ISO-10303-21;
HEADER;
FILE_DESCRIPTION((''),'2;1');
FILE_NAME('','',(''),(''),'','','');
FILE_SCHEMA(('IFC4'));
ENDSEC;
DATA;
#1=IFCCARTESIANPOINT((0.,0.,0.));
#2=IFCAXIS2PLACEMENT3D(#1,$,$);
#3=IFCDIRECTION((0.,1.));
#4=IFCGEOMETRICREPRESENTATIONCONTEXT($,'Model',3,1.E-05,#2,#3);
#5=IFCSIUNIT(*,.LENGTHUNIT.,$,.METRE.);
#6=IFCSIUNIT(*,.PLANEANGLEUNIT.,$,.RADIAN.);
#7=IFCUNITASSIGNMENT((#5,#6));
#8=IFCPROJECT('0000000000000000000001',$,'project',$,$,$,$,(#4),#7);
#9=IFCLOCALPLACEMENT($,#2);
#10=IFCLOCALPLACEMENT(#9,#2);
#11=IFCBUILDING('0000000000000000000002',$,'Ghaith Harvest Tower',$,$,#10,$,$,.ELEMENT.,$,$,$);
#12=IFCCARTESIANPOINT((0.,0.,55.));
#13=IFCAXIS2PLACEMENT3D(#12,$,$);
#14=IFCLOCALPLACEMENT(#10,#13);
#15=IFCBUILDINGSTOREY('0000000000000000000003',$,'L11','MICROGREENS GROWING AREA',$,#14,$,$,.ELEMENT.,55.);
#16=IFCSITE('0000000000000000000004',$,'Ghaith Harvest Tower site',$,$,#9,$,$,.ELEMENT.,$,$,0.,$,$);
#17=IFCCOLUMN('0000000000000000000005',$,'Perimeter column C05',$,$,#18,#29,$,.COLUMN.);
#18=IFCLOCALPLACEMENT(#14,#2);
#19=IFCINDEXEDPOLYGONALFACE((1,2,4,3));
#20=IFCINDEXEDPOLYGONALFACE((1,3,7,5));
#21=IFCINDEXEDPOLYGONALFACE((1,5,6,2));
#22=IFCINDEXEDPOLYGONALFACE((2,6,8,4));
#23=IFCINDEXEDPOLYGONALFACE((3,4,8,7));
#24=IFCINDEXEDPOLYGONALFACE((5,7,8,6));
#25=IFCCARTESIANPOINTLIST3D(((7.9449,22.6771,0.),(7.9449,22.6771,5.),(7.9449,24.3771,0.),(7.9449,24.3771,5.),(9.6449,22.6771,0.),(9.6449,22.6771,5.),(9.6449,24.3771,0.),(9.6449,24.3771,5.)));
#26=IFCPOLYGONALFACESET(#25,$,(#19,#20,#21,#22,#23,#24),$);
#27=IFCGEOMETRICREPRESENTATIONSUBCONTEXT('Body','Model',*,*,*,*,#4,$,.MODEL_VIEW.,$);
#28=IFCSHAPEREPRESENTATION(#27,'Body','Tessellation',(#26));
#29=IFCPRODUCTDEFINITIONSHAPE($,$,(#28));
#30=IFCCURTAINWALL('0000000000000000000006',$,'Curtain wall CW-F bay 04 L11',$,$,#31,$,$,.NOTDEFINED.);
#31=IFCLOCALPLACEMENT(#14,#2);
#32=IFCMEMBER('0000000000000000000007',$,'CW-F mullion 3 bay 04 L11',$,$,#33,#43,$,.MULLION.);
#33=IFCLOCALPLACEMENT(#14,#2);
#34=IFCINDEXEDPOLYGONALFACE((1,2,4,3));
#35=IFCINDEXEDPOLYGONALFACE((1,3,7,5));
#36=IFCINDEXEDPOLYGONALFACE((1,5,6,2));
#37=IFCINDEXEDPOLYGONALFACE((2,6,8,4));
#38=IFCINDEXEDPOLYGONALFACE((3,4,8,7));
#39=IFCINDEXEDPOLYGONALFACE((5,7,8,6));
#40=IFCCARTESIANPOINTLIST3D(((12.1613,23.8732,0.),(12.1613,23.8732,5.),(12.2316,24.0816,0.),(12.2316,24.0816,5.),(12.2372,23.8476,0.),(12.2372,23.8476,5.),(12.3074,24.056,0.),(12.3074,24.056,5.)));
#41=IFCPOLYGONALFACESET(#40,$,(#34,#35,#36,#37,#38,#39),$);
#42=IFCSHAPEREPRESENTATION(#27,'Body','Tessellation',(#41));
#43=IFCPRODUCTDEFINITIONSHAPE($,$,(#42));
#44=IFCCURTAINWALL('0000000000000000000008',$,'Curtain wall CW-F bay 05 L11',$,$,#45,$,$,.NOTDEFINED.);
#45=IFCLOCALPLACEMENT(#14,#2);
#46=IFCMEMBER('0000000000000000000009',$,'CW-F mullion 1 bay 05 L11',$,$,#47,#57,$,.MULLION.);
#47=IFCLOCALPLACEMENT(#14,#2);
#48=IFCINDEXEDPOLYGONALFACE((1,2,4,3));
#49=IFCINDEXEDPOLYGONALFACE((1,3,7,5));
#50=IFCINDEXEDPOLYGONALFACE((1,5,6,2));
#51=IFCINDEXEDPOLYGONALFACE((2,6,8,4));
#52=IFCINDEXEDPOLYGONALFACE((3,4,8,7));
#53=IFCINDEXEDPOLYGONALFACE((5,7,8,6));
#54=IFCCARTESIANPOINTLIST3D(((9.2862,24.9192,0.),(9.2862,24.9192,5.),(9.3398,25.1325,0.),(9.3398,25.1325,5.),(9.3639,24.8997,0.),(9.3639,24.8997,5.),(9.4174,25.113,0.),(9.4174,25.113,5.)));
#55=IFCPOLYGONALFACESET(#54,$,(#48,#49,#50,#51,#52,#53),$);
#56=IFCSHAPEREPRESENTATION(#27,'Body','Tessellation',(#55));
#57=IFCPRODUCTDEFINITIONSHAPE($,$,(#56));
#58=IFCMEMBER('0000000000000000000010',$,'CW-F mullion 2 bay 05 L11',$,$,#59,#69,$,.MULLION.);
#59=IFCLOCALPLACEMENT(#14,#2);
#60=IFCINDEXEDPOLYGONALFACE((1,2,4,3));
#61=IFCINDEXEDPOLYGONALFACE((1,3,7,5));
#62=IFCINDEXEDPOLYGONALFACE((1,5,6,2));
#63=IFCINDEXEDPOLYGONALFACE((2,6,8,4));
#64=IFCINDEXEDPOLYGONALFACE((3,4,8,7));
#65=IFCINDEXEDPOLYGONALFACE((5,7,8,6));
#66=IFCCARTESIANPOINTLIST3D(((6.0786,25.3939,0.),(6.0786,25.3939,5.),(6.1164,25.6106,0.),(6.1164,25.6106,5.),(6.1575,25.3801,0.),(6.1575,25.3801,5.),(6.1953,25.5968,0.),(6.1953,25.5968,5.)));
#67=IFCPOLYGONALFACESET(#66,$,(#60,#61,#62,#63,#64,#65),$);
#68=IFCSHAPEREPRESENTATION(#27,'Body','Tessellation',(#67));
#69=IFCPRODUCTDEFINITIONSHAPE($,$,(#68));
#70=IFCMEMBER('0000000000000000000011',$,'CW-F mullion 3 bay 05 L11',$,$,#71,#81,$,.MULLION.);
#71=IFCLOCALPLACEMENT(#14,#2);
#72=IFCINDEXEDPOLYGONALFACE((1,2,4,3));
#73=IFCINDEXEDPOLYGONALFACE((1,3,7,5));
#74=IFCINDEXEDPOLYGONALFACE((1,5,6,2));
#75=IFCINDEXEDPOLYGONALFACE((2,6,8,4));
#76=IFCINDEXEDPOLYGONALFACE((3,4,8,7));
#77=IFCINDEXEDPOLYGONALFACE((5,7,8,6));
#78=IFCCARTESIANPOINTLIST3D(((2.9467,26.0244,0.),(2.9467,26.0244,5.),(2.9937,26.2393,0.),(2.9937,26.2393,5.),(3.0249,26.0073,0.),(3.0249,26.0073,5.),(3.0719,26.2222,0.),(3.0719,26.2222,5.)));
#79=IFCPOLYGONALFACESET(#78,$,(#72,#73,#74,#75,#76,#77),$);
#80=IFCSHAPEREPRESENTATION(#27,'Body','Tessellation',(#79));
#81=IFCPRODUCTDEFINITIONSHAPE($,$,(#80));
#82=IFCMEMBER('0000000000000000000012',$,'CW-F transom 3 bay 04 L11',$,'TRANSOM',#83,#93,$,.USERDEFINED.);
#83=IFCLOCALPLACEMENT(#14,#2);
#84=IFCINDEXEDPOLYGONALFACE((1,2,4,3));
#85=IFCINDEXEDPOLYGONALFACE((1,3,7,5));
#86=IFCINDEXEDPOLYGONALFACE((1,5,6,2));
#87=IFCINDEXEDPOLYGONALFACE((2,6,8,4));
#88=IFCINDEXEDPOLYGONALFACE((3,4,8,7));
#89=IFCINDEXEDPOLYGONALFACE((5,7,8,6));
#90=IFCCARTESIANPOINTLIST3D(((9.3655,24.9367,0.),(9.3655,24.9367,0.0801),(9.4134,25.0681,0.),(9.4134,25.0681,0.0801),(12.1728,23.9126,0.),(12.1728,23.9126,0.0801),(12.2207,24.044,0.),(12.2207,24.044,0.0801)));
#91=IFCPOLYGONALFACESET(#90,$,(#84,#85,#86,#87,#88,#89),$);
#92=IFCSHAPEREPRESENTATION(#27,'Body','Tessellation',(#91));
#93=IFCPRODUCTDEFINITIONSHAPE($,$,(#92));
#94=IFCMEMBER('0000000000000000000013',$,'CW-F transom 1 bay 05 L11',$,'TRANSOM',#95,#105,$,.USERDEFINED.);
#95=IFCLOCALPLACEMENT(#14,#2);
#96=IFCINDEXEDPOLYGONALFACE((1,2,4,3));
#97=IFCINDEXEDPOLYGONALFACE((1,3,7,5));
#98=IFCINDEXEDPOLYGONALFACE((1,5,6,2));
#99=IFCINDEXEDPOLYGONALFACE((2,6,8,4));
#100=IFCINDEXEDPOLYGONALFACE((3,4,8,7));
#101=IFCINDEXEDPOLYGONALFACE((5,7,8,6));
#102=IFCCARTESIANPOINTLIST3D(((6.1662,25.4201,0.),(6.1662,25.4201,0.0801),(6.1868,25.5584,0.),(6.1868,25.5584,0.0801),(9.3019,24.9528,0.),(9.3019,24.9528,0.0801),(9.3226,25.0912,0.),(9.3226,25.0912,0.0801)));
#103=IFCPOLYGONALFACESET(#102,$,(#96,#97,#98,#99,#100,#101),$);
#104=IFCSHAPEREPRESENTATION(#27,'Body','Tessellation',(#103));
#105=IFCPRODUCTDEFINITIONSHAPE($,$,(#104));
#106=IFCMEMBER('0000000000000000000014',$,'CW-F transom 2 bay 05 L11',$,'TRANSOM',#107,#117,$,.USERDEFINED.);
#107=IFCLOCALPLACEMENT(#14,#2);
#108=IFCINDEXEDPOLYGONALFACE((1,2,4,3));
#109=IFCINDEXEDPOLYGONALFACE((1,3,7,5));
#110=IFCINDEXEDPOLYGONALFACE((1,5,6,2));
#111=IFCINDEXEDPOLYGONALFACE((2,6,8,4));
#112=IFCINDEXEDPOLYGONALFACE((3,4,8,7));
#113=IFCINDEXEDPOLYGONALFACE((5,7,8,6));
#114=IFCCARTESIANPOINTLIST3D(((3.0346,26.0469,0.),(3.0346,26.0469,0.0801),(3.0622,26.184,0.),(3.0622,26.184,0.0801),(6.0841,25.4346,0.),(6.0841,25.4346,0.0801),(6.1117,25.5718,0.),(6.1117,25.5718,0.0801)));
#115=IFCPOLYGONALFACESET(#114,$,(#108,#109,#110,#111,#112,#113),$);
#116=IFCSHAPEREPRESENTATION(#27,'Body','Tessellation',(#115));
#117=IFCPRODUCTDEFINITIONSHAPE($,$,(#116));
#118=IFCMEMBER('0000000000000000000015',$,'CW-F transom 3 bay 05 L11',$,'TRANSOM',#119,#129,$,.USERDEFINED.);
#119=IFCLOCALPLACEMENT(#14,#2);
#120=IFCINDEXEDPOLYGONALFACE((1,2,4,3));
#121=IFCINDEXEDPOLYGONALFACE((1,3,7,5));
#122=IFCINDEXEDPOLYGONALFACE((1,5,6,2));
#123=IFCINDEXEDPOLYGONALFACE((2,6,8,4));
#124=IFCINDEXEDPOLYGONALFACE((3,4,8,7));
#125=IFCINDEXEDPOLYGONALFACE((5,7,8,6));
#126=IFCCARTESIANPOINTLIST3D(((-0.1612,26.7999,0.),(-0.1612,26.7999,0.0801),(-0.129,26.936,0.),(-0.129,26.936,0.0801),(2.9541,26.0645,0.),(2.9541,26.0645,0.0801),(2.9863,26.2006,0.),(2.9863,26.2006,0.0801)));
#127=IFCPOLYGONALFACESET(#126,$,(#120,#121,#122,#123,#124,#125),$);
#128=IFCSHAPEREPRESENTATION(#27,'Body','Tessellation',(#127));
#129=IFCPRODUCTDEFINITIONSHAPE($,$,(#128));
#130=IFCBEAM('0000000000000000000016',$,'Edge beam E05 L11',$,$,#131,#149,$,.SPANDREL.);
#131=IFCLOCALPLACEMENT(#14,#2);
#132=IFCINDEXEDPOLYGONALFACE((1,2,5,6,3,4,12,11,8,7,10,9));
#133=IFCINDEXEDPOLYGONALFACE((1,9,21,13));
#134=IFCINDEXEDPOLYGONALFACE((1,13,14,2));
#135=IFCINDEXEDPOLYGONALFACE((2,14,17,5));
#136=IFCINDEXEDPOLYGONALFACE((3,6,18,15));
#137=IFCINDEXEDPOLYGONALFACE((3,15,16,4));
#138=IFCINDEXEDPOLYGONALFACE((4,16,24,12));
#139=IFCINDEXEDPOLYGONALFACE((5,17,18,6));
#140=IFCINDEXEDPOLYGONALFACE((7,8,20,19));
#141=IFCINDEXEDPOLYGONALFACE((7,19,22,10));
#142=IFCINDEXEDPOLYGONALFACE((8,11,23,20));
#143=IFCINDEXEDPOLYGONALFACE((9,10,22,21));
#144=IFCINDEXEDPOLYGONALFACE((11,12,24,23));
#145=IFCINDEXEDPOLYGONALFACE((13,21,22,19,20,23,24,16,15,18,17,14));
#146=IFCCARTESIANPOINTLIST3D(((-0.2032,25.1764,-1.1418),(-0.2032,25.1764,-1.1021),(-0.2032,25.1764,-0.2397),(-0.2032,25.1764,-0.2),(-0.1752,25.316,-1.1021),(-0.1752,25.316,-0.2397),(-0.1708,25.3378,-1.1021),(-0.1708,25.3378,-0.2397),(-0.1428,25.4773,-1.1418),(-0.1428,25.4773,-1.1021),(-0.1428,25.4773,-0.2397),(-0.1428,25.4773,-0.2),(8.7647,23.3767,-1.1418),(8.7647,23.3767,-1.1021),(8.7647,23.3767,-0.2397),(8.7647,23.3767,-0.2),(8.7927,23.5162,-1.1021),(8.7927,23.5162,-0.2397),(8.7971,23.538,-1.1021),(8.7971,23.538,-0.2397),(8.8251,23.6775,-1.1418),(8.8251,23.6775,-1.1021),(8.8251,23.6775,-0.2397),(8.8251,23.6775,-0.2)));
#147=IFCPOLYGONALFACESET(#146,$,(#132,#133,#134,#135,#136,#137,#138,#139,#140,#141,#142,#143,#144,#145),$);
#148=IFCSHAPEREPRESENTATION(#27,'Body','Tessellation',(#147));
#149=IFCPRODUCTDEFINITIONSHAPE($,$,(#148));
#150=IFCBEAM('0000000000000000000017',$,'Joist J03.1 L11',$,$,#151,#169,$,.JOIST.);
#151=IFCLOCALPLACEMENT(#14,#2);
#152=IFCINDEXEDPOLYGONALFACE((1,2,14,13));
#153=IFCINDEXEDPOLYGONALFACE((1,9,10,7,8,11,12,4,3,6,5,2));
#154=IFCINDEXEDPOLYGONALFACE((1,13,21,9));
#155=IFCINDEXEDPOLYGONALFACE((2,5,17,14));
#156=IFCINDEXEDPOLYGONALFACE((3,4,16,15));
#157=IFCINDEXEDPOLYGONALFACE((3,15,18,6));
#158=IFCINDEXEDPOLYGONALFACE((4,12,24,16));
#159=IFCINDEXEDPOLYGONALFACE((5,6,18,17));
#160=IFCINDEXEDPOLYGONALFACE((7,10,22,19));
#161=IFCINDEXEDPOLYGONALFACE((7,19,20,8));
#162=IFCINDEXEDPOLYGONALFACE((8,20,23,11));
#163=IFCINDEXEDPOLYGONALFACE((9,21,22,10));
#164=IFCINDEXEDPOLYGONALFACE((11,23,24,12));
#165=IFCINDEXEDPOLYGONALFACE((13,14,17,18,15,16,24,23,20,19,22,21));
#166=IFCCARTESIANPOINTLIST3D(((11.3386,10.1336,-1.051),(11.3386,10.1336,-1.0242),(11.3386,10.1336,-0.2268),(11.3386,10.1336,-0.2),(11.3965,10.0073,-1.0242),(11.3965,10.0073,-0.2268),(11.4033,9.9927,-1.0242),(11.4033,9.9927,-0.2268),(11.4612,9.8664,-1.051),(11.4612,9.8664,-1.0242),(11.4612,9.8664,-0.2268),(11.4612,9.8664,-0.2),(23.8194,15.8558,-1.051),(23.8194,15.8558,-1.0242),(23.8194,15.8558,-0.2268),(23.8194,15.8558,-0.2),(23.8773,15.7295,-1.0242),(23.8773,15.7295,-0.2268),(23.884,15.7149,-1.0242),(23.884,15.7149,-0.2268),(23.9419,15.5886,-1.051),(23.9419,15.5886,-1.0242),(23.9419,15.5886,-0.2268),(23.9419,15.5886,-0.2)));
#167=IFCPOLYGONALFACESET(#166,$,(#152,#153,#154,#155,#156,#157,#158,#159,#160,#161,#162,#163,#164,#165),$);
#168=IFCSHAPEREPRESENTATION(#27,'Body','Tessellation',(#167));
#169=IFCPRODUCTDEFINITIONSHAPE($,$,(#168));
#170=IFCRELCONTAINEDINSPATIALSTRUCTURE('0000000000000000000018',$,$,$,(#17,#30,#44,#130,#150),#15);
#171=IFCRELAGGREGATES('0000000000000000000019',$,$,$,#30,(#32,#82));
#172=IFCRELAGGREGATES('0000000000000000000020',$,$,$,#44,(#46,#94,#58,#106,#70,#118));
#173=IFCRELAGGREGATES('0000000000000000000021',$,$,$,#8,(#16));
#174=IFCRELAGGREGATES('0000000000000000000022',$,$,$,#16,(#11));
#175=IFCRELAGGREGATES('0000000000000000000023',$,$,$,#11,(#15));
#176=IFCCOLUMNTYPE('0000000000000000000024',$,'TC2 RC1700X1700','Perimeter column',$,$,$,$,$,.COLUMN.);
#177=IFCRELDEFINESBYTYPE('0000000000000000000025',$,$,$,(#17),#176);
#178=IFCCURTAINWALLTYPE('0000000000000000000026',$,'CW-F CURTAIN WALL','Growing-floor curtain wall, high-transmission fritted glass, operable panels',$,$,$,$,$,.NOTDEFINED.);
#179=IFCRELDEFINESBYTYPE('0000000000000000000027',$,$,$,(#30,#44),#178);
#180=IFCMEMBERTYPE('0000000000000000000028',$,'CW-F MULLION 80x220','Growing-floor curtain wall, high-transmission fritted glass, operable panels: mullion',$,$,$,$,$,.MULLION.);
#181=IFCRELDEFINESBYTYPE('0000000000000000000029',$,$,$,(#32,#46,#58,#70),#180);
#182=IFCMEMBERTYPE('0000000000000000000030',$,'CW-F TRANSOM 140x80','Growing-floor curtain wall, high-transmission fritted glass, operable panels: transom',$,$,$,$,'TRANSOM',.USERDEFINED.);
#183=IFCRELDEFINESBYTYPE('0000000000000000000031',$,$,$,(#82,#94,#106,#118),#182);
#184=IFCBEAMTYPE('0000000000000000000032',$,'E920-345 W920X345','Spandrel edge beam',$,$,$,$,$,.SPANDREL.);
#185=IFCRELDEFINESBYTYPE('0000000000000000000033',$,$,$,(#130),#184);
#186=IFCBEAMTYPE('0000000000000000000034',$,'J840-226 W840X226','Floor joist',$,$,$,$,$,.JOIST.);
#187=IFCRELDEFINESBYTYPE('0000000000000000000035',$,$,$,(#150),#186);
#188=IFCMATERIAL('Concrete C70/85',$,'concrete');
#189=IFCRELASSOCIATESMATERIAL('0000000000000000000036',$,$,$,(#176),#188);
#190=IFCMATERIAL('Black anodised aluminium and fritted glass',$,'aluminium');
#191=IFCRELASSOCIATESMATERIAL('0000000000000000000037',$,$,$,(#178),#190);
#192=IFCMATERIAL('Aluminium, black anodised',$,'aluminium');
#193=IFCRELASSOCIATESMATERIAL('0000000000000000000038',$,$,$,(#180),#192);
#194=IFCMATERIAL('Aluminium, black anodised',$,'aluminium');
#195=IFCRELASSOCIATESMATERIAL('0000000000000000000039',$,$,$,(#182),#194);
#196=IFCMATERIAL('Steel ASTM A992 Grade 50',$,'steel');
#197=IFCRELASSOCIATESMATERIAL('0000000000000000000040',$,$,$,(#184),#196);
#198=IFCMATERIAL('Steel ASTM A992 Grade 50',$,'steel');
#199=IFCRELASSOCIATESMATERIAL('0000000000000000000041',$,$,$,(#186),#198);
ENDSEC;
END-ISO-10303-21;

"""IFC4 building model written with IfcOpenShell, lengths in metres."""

from ifc_helpers import new_model, si_unit, direction, frame, origin, origin_2d, place, context, subcontext, project, spatial, rectangle, i_section, extrude, material, material_profile, profile_set, type_object, element, aggregate, save


model = new_model("IFC4")

# Units and contexts
model_context = context("Model", 3, precision=1e-05, world=origin(), true_north=direction((0.0, 1.0)))
body_context = subcontext(model_context, "Body", "Model", "MODEL_VIEW")
ifc_project = project(units=[si_unit("LENGTHUNIT", "METRE"), si_unit("PLANEANGLEUNIT", "RADIAN")], contexts=[model_context])

# Site, building, storey
site_placement = place(None, origin())
site = spatial("IfcSite", under=ifc_project, at=site_placement, Name="Ghaith Harvest Tower site", CompositionType="ELEMENT", RefElevation=0.0)
building_placement = place(site_placement, origin())
building = spatial("IfcBuilding", under=site, at=building_placement, Name="Ghaith Harvest Tower", CompositionType="ELEMENT")
storey_placement = place(building_placement, frame((0.0, 0.0, 55.0)))
storey = spatial("IfcBuildingStorey", under=building, at=storey_placement, Name="L11", Description="MICROGREENS GROWING AREA", CompositionType="ELEMENT", Elevation=55.0)

# Column
ifc_material_1 = material(Name="Concrete C70/85", Category="concrete")
ifc_material_profile_1 = material_profile(ifc_material_1, rectangle(XDim=1.7, YDim=1.7, at=origin_2d()), Name="RC1700X1700")
ifc_profile_set_1 = profile_set([ifc_material_profile_1], Name="Concrete C70/85")
column_type = type_object("IfcColumnType", Name="TC2 RC1700X1700", Description="Perimeter column", PredefinedType="COLUMN", material=ifc_profile_set_1)
column_placement = place(storey_placement, frame((8.7949, 23.5271, 0.0), z_axis=(0.0, 0.0, 1.0), x_axis=(1.0, 0.0, 0.0)))
element("IfcColumn", 1, at=column_placement, inside=storey, type_object=column_type, Name="Perimeter column C05", PredefinedType="COLUMN", context=body_context, shape_type="SweptSolid", body=[
    extrude(rectangle(XDim=1.7, YDim=1.7, at=origin_2d()), origin(), (0.0, 0.0, 1.0), 5.0),
])

# Curtain wall, member
ifc_material_2 = material(Name="Black anodised aluminium and fritted glass", Category="aluminium")
curtain_wall_type = type_object("IfcCurtainWallType", Name="CW-F CURTAIN WALL", Description="Growing-floor curtain wall, high-transmission fritted glass, operable panels", PredefinedType="NOTDEFINED", material=ifc_material_2)
curtain_wall_1_placement = place(storey_placement, origin())
curtain_wall_1 = element("IfcCurtainWall", 2, at=curtain_wall_1_placement, inside=storey, type_object=curtain_wall_type, Name="Curtain wall CW-F bay 04 L11", PredefinedType="NOTDEFINED")
ifc_material_3 = material(Name="Aluminium, black anodised", Category="aluminium")
ifc_material_profile_2 = material_profile(ifc_material_3, rectangle(XDim=0.0801, YDim=0.22, at=origin_2d()), Name="CW-F MULLION 80x220")
ifc_profile_set_2 = profile_set([ifc_material_profile_2], Name="Aluminium, black anodised")
member_type_1 = type_object("IfcMemberType", Name="CW-F MULLION 80x220", Description="Growing-floor curtain wall, high-transmission fritted glass, operable panels: mullion", PredefinedType="MULLION", material=ifc_profile_set_2)
member_1_placement = place(storey_placement, frame((12.2344, 23.9646, 0.0), z_axis=(0.0, 0.0, 1.0), x_axis=(-0.947653, 0.319301, 0.0)))
member_1 = element("IfcMember", 3, at=member_1_placement, type_object=member_type_1, Name="CW-F mullion 3 bay 04 L11", PredefinedType="MULLION", context=body_context, shape_type="SweptSolid", body=[
    extrude(rectangle(XDim=0.0801, YDim=0.22, at=origin_2d()), origin(), (0.0, 0.0, 1.0), 5.0),
])

# Curtain wall, members
curtain_wall_2_placement = place(storey_placement, origin())
curtain_wall_2 = element("IfcCurtainWall", 4, at=curtain_wall_2_placement, inside=storey, type_object=curtain_wall_type, Name="Curtain wall CW-F bay 05 L11", PredefinedType="NOTDEFINED")
member_2_placement = place(storey_placement, frame((9.3518, 25.0161, 0.0), z_axis=(0.0, 0.0, 1.0), x_axis=(-0.969903, 0.24349, 0.0)))
member_2 = element("IfcMember", 5, at=member_2_placement, type_object=member_type_1, Name="CW-F mullion 1 bay 05 L11", PredefinedType="MULLION", context=body_context, shape_type="SweptSolid", body=[
    extrude(rectangle(XDim=0.0801, YDim=0.22, at=origin_2d()), origin(), (0.0, 0.0, 1.0), 5.0),
])
member_3_placement = place(storey_placement, frame((6.137, 25.4954, 0.0), z_axis=(0.0, 0.0, 1.0), x_axis=(-0.985104, 0.171961, 0.0)))
member_3 = element("IfcMember", 6, at=member_3_placement, type_object=member_type_1, Name="CW-F mullion 2 bay 05 L11", PredefinedType="MULLION", context=body_context, shape_type="SweptSolid", body=[
    extrude(rectangle(XDim=0.0801, YDim=0.22, at=origin_2d()), origin(), (0.0, 0.0, 1.0), 5.0),
])
member_4_placement = place(storey_placement, frame((3.0093, 26.1233, 0.0), z_axis=(0.0, 0.0, 1.0), x_axis=(-0.976927, 0.213572, 0.0)))
member_4 = element("IfcMember", 7, at=member_4_placement, type_object=member_type_1, Name="CW-F mullion 3 bay 05 L11", PredefinedType="MULLION", context=body_context, shape_type="SweptSolid", body=[
    extrude(rectangle(XDim=0.0801, YDim=0.22, at=origin_2d()), origin(), (0.0, 0.0, 1.0), 5.0),
])

# Members
ifc_material_4 = material(Name="Aluminium, black anodised", Category="aluminium")
ifc_material_profile_3 = material_profile(ifc_material_4, rectangle(XDim=0.1399, YDim=0.0801, at=origin_2d()), Name="CW-F TRANSOM 140x80")
ifc_profile_set_3 = profile_set([ifc_material_profile_3], Name="Aluminium, black anodised")
member_type_2 = type_object("IfcMemberType", Name="CW-F TRANSOM 140x80", Description="Growing-floor curtain wall, high-transmission fritted glass, operable panels: transom", ElementType="TRANSOM", PredefinedType="USERDEFINED", material=ifc_profile_set_3)
member_5_placement = place(storey_placement, frame((12.1968, 23.9783, 0.04), z_axis=(-0.939438, 0.34272, 0.0), x_axis=(-0.34272, -0.939438, 0.0)))
member_5 = element("IfcMember", 8, at=member_5_placement, type_object=member_type_2, Name="CW-F transom 3 bay 04 L11", ObjectType="TRANSOM", PredefinedType="USERDEFINED", context=body_context, shape_type="SweptSolid", body=[
    extrude(rectangle(XDim=0.1399, YDim=0.0801, at=origin_2d()), origin(), (0.0, 0.0, 1.0), 2.9883),
])
member_6_placement = place(storey_placement, frame((9.3123, 25.022, 0.04), z_axis=(-0.989078, 0.147391, 0.0), x_axis=(-0.147391, -0.989078, 0.0)))
member_6 = element("IfcMember", 9, at=member_6_placement, type_object=member_type_2, Name="CW-F transom 1 bay 05 L11", ObjectType="TRANSOM", PredefinedType="USERDEFINED", context=body_context, shape_type="SweptSolid", body=[
    extrude(rectangle(XDim=0.1399, YDim=0.0801, at=origin_2d()), origin(), (0.0, 0.0, 1.0), 3.1704),
])
member_7_placement = place(storey_placement, frame((6.0979, 25.5032, 0.04), z_axis=(-0.980432, 0.196856, 0.0), x_axis=(-0.196856, -0.980432, 0.0)))
member_7 = element("IfcMember", 10, at=member_7_placement, type_object=member_type_2, Name="CW-F transom 2 bay 05 L11", ObjectType="TRANSOM", PredefinedType="USERDEFINED", context=body_context, shape_type="SweptSolid", body=[
    extrude(rectangle(XDim=0.1399, YDim=0.0801, at=origin_2d()), origin(), (0.0, 0.0, 1.0), 3.1104),
])
member_8_placement = place(storey_placement, frame((2.9702, 26.1326, 0.04), z_axis=(-0.973253, 0.229736, 0.0), x_axis=(-0.229736, -0.973253, 0.0)))
member_8 = element("IfcMember", 11, at=member_8_placement, type_object=member_type_2, Name="CW-F transom 3 bay 05 L11", ObjectType="TRANSOM", PredefinedType="USERDEFINED", context=body_context, shape_type="SweptSolid", body=[
    extrude(rectangle(XDim=0.1399, YDim=0.0801, at=origin_2d()), origin(), (0.0, 0.0, 1.0), 3.2009),
])

# Beams
ifc_material_5 = material(Name="Steel ASTM A992 Grade 50", Category="steel")
ifc_material_profile_4 = material_profile(ifc_material_5, i_section(OverallWidth=0.3069, OverallDepth=0.9419, WebThickness=0.0222, FlangeThickness=0.0398, at=origin_2d()), Name="W920X345")
ifc_profile_set_4 = profile_set([ifc_material_profile_4], Name="Steel ASTM A992 Grade 50")
beam_type_1 = type_object("IfcBeamType", Name="E920-345 W920X345", Description="Spandrel edge beam", PredefinedType="SPANDREL", material=ifc_profile_set_4)
beam_1_placement = place(storey_placement, frame((8.7949, 23.5271, -0.6709), z_axis=(-0.98045, 0.196768, 0.0), x_axis=(-0.196768, -0.98045, 0.0)))
element("IfcBeam", 12, at=beam_1_placement, inside=storey, type_object=beam_type_1, Name="Edge beam E05 L11", PredefinedType="SPANDREL", context=body_context, shape_type="SweptSolid", body=[
    extrude(i_section(OverallWidth=0.3069, OverallDepth=0.9419, WebThickness=0.0222, FlangeThickness=0.0398, at=origin_2d()), origin(), (0.0, 0.0, 1.0), 9.1467),
])
ifc_material_6 = material(Name="Steel ASTM A992 Grade 50", Category="steel")
ifc_material_profile_5 = material_profile(ifc_material_6, i_section(OverallWidth=0.2939, OverallDepth=0.8511, WebThickness=0.0161, FlangeThickness=0.0269, at=origin_2d()), Name="W840X226")
ifc_profile_set_5 = profile_set([ifc_material_profile_5], Name="Steel ASTM A992 Grade 50")
beam_type_2 = type_object("IfcBeamType", Name="J840-226 W840X226", Description="Floor joist", PredefinedType="JOIST", material=ifc_profile_set_5)
beam_2_placement = place(storey_placement, frame((11.3999, 10.0, -0.6255), z_axis=(0.909014, 0.416766, 0.0), x_axis=(-0.416766, 0.909014, 0.0)))
element("IfcBeam", 13, at=beam_2_placement, inside=storey, type_object=beam_type_2, Name="Joist J03.1 L11", PredefinedType="JOIST", context=body_context, shape_type="SweptSolid", body=[
    extrude(i_section(OverallWidth=0.2939, OverallDepth=0.8511, WebThickness=0.0161, FlangeThickness=0.0269, at=origin_2d()), origin(), (0.0, 0.0, 1.0), 13.73),
])

aggregate(curtain_wall_1, [member_1, member_5])
aggregate(curtain_wall_2, [member_2, member_6, member_3, member_7, member_4, member_8])

save(model, "model.ifc")
